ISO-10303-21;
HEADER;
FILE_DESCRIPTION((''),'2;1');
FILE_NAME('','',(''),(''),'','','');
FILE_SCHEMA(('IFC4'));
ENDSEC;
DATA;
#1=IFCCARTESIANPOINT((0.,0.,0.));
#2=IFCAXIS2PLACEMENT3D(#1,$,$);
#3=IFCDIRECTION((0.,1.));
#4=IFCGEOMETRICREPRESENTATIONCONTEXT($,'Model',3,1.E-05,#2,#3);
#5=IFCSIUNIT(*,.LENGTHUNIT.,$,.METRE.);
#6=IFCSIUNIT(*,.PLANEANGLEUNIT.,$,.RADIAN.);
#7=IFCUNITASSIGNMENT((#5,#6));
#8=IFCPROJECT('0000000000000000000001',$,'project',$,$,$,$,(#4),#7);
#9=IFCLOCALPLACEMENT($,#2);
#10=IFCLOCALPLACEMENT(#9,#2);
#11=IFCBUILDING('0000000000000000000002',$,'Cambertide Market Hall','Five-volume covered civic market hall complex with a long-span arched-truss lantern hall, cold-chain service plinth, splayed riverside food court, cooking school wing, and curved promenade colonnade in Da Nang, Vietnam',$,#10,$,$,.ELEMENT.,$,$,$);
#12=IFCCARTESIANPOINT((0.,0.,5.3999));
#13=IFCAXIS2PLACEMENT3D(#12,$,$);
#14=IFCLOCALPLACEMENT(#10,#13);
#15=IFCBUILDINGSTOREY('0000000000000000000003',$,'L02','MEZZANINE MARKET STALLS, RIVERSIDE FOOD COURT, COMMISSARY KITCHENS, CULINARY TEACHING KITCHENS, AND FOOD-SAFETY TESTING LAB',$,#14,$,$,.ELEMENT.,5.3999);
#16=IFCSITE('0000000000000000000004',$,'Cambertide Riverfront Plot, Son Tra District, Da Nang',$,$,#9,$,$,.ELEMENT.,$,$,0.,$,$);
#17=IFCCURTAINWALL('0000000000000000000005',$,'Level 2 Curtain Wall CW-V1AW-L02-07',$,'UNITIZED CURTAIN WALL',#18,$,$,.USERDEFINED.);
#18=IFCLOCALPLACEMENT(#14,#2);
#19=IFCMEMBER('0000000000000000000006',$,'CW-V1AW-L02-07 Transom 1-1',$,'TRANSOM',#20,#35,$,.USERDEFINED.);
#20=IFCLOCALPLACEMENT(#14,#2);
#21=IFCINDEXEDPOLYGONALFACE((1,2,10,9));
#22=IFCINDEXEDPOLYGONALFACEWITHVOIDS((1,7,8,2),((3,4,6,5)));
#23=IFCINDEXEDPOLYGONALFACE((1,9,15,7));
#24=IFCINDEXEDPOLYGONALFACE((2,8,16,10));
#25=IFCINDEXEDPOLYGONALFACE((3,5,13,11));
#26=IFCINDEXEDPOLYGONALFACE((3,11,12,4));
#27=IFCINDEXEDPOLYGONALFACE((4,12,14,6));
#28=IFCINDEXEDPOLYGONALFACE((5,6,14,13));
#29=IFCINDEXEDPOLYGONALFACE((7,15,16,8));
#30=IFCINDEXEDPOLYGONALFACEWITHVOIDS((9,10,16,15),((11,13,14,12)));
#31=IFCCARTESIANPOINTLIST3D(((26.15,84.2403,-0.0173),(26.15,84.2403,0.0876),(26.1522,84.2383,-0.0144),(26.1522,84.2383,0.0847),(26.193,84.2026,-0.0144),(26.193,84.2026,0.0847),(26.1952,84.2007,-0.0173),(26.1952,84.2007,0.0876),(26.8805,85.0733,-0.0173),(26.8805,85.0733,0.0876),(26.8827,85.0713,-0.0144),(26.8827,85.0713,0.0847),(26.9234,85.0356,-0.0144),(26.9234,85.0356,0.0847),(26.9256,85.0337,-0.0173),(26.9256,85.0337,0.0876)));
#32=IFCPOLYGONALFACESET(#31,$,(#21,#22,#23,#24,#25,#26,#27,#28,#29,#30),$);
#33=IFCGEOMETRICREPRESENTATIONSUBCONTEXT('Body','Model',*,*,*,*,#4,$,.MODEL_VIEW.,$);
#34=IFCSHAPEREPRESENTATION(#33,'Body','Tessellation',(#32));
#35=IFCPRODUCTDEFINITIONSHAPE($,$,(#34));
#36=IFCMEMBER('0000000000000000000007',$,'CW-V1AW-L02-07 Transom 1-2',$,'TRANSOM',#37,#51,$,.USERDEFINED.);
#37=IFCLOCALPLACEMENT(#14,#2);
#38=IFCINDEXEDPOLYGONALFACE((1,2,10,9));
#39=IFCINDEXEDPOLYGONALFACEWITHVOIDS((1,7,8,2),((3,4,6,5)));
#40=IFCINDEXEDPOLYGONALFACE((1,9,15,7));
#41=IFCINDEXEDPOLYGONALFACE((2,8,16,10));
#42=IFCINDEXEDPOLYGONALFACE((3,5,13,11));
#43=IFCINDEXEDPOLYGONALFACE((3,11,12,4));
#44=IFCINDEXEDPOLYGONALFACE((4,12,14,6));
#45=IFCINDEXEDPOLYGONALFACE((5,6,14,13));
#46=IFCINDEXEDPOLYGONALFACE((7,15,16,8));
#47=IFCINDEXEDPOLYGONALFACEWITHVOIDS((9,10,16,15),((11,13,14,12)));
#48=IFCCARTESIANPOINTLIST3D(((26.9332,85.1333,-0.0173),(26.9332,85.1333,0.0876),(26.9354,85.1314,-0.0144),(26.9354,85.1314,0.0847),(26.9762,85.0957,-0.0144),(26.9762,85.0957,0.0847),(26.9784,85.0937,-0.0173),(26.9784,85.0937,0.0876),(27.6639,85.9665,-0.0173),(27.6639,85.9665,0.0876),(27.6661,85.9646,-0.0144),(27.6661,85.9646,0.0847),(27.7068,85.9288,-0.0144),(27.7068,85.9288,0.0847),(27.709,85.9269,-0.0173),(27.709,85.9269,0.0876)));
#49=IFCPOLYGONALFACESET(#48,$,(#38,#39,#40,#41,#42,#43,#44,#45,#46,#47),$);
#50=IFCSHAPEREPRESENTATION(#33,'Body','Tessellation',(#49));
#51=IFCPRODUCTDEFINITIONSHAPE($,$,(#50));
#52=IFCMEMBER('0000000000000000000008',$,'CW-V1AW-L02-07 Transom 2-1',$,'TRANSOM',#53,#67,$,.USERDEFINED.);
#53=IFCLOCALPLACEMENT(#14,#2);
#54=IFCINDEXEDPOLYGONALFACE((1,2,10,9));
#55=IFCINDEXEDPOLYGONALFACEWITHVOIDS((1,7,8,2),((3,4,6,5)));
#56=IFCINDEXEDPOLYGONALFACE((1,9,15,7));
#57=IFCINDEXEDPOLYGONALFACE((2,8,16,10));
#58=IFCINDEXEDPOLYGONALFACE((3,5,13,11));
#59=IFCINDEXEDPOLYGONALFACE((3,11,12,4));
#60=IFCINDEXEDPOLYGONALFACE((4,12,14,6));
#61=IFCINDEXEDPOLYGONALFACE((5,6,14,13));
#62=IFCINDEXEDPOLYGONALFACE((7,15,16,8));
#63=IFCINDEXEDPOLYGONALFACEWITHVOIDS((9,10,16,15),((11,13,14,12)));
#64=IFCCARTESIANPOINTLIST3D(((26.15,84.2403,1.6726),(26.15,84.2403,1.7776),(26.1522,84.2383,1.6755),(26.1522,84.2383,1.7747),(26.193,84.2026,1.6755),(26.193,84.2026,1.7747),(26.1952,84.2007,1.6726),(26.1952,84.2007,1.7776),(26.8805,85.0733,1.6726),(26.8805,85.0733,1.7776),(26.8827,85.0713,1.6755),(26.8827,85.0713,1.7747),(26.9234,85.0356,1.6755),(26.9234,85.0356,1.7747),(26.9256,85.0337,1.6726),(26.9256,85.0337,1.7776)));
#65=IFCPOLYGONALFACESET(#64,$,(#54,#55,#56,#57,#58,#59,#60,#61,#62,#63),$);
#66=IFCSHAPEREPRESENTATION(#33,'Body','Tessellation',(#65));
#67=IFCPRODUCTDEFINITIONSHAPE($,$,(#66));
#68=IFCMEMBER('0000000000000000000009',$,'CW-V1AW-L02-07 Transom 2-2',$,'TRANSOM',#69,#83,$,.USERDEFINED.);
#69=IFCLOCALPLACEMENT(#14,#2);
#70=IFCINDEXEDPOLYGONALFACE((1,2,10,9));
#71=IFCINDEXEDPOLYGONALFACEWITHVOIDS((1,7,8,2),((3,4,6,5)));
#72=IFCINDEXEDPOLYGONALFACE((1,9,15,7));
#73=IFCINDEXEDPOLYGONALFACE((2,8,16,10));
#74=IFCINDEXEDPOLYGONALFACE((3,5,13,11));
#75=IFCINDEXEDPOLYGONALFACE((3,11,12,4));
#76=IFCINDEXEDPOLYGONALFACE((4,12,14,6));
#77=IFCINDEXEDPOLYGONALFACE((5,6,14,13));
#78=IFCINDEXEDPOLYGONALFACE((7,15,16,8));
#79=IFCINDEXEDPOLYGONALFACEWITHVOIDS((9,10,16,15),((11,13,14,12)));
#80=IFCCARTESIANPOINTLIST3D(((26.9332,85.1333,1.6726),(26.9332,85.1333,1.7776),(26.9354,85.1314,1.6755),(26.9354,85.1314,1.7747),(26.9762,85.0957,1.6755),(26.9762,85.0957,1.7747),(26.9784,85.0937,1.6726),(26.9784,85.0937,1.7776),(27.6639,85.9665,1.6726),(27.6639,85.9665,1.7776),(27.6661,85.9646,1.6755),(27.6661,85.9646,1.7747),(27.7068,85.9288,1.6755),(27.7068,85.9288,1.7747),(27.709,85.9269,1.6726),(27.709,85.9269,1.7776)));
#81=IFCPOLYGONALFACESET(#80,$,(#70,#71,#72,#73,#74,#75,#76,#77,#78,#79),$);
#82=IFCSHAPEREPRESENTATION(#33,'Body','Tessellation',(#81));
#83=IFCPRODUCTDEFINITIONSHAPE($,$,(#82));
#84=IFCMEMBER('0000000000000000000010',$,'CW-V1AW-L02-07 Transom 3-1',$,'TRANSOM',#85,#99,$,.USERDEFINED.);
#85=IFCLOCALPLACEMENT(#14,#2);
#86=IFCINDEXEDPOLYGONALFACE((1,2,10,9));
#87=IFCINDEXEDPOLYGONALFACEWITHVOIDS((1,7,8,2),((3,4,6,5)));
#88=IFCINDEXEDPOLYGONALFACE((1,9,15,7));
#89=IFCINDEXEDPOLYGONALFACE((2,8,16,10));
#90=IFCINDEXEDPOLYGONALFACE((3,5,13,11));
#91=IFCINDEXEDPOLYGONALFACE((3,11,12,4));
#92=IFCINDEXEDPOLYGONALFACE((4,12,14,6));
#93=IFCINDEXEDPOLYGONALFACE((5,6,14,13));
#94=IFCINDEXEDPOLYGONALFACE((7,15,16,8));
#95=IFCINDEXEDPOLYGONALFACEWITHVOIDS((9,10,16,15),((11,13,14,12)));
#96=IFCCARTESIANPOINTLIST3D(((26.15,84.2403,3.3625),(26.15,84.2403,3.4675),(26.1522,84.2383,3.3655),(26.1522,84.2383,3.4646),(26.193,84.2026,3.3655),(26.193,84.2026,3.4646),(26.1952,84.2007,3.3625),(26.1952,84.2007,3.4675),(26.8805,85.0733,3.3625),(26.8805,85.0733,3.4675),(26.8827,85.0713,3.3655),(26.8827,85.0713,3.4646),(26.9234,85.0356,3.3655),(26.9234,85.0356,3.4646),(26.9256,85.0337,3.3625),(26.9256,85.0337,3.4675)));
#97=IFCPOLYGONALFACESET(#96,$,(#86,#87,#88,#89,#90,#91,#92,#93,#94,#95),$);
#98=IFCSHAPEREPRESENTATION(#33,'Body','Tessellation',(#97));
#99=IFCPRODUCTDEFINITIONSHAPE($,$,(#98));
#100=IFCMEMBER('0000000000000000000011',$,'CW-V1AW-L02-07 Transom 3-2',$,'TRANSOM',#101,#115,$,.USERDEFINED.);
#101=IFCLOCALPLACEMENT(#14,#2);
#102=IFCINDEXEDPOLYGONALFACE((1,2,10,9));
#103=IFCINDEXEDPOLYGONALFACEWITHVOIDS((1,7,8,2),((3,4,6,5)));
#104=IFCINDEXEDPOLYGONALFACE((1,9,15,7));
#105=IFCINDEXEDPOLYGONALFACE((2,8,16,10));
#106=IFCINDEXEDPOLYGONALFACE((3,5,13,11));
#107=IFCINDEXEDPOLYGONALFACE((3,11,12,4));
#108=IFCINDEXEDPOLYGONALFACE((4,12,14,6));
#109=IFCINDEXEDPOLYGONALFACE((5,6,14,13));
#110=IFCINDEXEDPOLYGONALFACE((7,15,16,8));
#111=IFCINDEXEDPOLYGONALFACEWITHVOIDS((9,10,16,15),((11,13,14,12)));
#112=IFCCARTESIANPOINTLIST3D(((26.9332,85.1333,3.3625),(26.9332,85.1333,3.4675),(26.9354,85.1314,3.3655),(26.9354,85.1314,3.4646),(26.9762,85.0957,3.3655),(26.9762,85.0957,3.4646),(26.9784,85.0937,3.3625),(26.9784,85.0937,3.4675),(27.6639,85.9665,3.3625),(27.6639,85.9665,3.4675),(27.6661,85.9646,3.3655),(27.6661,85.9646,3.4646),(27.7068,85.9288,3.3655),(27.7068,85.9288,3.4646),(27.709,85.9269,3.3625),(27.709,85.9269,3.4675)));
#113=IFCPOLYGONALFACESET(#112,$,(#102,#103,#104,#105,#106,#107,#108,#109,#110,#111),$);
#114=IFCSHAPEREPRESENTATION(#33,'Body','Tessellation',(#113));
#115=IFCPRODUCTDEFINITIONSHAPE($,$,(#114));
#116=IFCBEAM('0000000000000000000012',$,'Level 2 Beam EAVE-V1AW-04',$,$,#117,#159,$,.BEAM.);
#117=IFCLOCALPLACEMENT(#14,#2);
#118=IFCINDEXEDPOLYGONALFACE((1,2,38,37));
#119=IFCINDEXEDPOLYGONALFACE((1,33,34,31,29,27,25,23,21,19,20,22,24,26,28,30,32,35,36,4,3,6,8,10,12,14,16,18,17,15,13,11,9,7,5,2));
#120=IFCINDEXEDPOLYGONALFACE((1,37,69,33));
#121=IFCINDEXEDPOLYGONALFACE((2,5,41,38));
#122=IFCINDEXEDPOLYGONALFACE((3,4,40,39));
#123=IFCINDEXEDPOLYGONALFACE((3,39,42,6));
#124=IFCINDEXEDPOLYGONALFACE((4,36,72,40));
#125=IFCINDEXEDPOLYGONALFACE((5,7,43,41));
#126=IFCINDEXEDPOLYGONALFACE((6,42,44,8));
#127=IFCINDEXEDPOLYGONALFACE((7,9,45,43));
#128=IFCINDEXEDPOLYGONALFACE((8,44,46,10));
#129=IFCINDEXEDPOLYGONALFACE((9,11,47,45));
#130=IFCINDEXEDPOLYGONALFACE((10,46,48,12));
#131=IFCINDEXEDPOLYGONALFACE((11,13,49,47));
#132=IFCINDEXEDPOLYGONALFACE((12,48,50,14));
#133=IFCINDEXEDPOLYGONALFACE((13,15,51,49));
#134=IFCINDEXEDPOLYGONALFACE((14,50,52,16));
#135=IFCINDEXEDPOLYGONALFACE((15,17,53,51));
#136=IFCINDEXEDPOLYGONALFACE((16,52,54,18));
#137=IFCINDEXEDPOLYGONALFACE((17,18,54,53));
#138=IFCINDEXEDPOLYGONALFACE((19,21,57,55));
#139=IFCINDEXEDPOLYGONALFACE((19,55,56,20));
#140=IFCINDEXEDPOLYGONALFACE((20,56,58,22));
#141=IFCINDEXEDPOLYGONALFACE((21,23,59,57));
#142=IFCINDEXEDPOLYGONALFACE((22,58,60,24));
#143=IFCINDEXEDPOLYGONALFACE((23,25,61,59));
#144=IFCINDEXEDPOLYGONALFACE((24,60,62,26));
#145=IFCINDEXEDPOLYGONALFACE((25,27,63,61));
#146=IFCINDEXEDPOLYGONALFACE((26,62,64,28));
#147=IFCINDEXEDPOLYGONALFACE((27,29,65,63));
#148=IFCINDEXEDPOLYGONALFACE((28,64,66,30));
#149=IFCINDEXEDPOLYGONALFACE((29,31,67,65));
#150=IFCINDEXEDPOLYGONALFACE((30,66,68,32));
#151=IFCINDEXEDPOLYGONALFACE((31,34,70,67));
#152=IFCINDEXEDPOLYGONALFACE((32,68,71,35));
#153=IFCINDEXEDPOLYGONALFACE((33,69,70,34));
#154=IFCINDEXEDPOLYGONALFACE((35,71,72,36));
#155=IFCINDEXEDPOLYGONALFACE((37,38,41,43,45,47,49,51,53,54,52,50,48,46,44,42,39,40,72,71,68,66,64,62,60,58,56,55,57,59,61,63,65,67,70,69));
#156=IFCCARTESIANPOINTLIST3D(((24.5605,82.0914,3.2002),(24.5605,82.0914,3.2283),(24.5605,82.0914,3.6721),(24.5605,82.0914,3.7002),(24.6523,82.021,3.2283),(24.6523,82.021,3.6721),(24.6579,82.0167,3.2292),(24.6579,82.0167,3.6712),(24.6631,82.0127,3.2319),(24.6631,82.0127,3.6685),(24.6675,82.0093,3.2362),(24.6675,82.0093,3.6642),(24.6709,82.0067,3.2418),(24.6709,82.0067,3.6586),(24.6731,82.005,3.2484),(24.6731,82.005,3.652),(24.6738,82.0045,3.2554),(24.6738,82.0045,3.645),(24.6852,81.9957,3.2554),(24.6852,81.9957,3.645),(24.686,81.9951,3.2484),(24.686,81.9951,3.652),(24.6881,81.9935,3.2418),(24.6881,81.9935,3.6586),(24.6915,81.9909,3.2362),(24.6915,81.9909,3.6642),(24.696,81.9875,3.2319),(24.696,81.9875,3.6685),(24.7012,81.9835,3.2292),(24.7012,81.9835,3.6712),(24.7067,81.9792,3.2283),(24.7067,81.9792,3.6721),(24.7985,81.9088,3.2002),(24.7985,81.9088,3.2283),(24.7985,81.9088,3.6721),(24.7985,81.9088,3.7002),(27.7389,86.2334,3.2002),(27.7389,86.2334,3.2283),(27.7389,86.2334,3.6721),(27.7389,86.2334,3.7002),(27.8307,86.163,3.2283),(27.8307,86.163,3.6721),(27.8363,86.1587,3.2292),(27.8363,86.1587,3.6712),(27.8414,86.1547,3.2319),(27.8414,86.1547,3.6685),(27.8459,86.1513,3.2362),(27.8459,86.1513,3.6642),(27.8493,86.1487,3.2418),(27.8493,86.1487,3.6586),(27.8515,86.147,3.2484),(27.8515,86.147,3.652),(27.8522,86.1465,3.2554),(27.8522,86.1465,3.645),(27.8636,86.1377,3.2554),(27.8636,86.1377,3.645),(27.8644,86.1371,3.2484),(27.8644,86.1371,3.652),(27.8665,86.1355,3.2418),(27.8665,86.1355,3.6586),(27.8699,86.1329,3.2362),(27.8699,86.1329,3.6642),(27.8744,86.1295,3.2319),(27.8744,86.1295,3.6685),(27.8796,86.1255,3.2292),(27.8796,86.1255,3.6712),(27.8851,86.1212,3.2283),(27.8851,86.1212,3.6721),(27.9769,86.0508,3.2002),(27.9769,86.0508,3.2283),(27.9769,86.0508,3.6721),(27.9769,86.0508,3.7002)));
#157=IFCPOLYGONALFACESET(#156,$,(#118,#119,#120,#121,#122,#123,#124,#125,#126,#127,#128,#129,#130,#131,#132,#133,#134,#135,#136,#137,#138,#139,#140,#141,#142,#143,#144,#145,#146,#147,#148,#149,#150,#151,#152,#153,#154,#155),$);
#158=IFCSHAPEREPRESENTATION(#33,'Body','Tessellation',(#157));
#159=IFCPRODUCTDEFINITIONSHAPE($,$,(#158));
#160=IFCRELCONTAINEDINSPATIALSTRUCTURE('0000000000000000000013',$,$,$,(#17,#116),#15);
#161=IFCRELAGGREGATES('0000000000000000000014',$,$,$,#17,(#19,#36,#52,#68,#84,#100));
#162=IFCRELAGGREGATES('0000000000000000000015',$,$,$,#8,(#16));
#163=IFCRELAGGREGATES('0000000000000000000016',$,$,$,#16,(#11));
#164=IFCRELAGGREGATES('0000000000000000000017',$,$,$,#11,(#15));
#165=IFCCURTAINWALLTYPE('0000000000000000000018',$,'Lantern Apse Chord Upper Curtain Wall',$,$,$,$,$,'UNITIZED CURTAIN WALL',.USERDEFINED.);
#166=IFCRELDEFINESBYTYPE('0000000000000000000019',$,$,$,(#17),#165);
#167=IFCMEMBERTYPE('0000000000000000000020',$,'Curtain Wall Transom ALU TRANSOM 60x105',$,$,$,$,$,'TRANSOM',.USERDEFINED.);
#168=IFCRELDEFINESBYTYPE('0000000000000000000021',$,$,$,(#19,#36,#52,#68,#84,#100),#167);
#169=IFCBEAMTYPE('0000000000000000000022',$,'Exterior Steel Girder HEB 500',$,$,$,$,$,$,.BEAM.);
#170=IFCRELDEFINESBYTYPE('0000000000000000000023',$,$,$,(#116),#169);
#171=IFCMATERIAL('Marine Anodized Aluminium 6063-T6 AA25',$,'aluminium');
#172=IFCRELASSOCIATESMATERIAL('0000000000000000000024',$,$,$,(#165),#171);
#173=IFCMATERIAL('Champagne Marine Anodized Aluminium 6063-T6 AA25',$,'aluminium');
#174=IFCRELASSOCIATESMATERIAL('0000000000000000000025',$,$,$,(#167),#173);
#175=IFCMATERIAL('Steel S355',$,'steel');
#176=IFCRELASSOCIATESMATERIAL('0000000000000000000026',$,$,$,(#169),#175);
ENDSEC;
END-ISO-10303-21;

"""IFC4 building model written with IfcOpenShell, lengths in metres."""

from ifc_helpers import new_model, si_unit, direction, frame, origin, origin_2d, place, context, subcontext, project, spatial, hollow_rectangle, i_section, extrude, material, material_profile, profile_set, type_object, element, aggregate, save


model = new_model("IFC4")

# Units and contexts
model_context = context("Model", 3, precision=1e-05, world=origin(), true_north=direction((0.0, 1.0)))
body_context = subcontext(model_context, "Body", "Model", "MODEL_VIEW")
ifc_project = project(units=[si_unit("LENGTHUNIT", "METRE"), si_unit("PLANEANGLEUNIT", "RADIAN")], contexts=[model_context])

# Site, building, storey
site_placement = place(None, origin())
site = spatial("IfcSite", under=ifc_project, at=site_placement, Name="Cambertide Riverfront Plot, Son Tra District, Da Nang", CompositionType="ELEMENT", RefElevation=0.0)
building_placement = place(site_placement, origin())
building = spatial("IfcBuilding", under=site, at=building_placement, Name="Cambertide Market Hall", Description="Five-volume covered civic market hall complex with a long-span arched-truss lantern hall, cold-chain service plinth, splayed riverside food court, cooking school wing, and curved promenade colonnade in Da Nang, Vietnam", CompositionType="ELEMENT")
storey_placement = place(building_placement, frame((0.0, 0.0, 5.3999)))
storey = spatial("IfcBuildingStorey", under=building, at=storey_placement, Name="L02", Description="MEZZANINE MARKET STALLS, RIVERSIDE FOOD COURT, COMMISSARY KITCHENS, CULINARY TEACHING KITCHENS, AND FOOD-SAFETY TESTING LAB", CompositionType="ELEMENT", Elevation=5.3999)

# Shared definitions
ifc_material_1 = material(Name="Marine Anodized Aluminium 6063-T6 AA25", Category="aluminium")
curtain_wall_type = type_object("IfcCurtainWallType", Name="Lantern Apse Chord Upper Curtain Wall", ElementType="UNITIZED CURTAIN WALL", PredefinedType="USERDEFINED", material=ifc_material_1)

# Curtain wall
curtain_wall_1_placement = place(storey_placement, origin())
curtain_wall_1 = element("IfcCurtainWall", 1, at=curtain_wall_1_placement, inside=storey, type_object=curtain_wall_type, Name="Level 2 Curtain Wall CW-V1AW-L02-07", ObjectType="UNITIZED CURTAIN WALL", PredefinedType="USERDEFINED")

# Members
ifc_material_2 = material(Name="Champagne Marine Anodized Aluminium 6063-T6 AA25", Category="aluminium")
ifc_material_profile_1 = material_profile(ifc_material_2, hollow_rectangle(XDim=0.0601, YDim=0.105, WallThickness=0.0029, at=origin_2d()), Name="ALU TRANSOM 60x105")
ifc_profile_set_1 = profile_set([ifc_material_profile_1], Name="Champagne Marine Anodized Aluminium 6063-T6 AA25")
member_type_1 = type_object("IfcMemberType", Name="Curtain Wall Transom ALU TRANSOM 60x105", ElementType="TRANSOM", PredefinedType="USERDEFINED", material=ifc_profile_set_1)
member_1_placement = place(storey_placement, frame((26.1726, 84.2205, 0.0352), z_axis=(0.659315, 0.751866, 0.0), x_axis=(-0.751866, 0.659315, 0.0)))
member_1 = element("IfcMember", 2, at=member_1_placement, type_object=member_type_1, Name="CW-V1AW-L02-07 Transom 1-1", ObjectType="TRANSOM", PredefinedType="USERDEFINED", context=body_context, shape_type="SweptSolid", body=[
    extrude(hollow_rectangle(XDim=0.0601, YDim=0.105, WallThickness=0.0029, at=origin_2d()), origin(), (0.0, 0.0, 1.0), 1.1079),
])
member_2_placement = place(storey_placement, frame((26.9558, 85.1135, 0.0352), z_axis=(0.659331, 0.751853, 0.0), x_axis=(-0.751853, 0.659331, 0.0)))
member_2 = element("IfcMember", 3, at=member_2_placement, type_object=member_type_1, Name="CW-V1AW-L02-07 Transom 1-2", ObjectType="TRANSOM", PredefinedType="USERDEFINED", context=body_context, shape_type="SweptSolid", body=[
    extrude(hollow_rectangle(XDim=0.0601, YDim=0.105, WallThickness=0.0029, at=origin_2d()), origin(), (0.0, 0.0, 1.0), 1.1082),
])
member_3_placement = place(storey_placement, frame((26.1726, 84.2205, 1.7251), z_axis=(0.659315, 0.751866, 0.0), x_axis=(-0.751866, 0.659315, 0.0)))
member_3 = element("IfcMember", 4, at=member_3_placement, type_object=member_type_1, Name="CW-V1AW-L02-07 Transom 2-1", ObjectType="TRANSOM", PredefinedType="USERDEFINED", context=body_context, shape_type="SweptSolid", body=[
    extrude(hollow_rectangle(XDim=0.0601, YDim=0.105, WallThickness=0.0029, at=origin_2d()), origin(), (0.0, 0.0, 1.0), 1.1079),
])
member_4_placement = place(storey_placement, frame((26.9558, 85.1135, 1.7251), z_axis=(0.659331, 0.751853, 0.0), x_axis=(-0.751853, 0.659331, 0.0)))
member_4 = element("IfcMember", 5, at=member_4_placement, type_object=member_type_1, Name="CW-V1AW-L02-07 Transom 2-2", ObjectType="TRANSOM", PredefinedType="USERDEFINED", context=body_context, shape_type="SweptSolid", body=[
    extrude(hollow_rectangle(XDim=0.0601, YDim=0.105, WallThickness=0.0029, at=origin_2d()), origin(), (0.0, 0.0, 1.0), 1.1082),
])
member_5_placement = place(storey_placement, frame((26.1726, 84.2205, 3.415), z_axis=(0.659315, 0.751866, 0.0), x_axis=(-0.751866, 0.659315, 0.0)))
member_5 = element("IfcMember", 6, at=member_5_placement, type_object=member_type_1, Name="CW-V1AW-L02-07 Transom 3-1", ObjectType="TRANSOM", PredefinedType="USERDEFINED", context=body_context, shape_type="SweptSolid", body=[
    extrude(hollow_rectangle(XDim=0.0601, YDim=0.105, WallThickness=0.0029, at=origin_2d()), origin(), (0.0, 0.0, 1.0), 1.1079),
])
member_6_placement = place(storey_placement, frame((26.9558, 85.1135, 3.415), z_axis=(0.659331, 0.751853, 0.0), x_axis=(-0.751853, 0.659331, 0.0)))
member_6 = element("IfcMember", 7, at=member_6_placement, type_object=member_type_1, Name="CW-V1AW-L02-07 Transom 3-2", ObjectType="TRANSOM", PredefinedType="USERDEFINED", context=body_context, shape_type="SweptSolid", body=[
    extrude(hollow_rectangle(XDim=0.0601, YDim=0.105, WallThickness=0.0029, at=origin_2d()), origin(), (0.0, 0.0, 1.0), 1.1082),
])

# Beam
ifc_material_3 = material(Name="Steel S355", Category="steel")
ifc_material_profile_2 = material_profile(ifc_material_3, i_section(OverallWidth=0.3, OverallDepth=0.5, WebThickness=0.0144, FlangeThickness=0.0281, FilletRadius=0.0271, at=origin_2d()), Name="HEB 500")
ifc_profile_set_2 = profile_set([ifc_material_profile_2], Name="Steel S355")
beam_type_1 = type_object("IfcBeamType", Name="Exterior Steel Girder HEB 500", PredefinedType="BEAM", material=ifc_profile_set_2)
beam_1_placement = place(storey_placement, frame((27.8579, 86.1421, 3.4502), z_axis=(-0.608777, -0.793341, 0.0), x_axis=(0.793341, -0.608777, 0.0)))
element("IfcBeam", 8, at=beam_1_placement, inside=storey, type_object=beam_type_1, Name="Level 2 Beam EAVE-V1AW-04", PredefinedType="BEAM", context=body_context, shape_type="SweptSolid", body=[
    extrude(i_section(OverallWidth=0.3, OverallDepth=0.5, WebThickness=0.0144, FlangeThickness=0.0281, FilletRadius=0.0271, at=origin_2d()), origin(), (0.0, 0.0, 1.0), 5.2209),
])

aggregate(curtain_wall_1, [member_1, member_2, member_3, member_4, member_5, member_6])

save(model, "model.ifc")
